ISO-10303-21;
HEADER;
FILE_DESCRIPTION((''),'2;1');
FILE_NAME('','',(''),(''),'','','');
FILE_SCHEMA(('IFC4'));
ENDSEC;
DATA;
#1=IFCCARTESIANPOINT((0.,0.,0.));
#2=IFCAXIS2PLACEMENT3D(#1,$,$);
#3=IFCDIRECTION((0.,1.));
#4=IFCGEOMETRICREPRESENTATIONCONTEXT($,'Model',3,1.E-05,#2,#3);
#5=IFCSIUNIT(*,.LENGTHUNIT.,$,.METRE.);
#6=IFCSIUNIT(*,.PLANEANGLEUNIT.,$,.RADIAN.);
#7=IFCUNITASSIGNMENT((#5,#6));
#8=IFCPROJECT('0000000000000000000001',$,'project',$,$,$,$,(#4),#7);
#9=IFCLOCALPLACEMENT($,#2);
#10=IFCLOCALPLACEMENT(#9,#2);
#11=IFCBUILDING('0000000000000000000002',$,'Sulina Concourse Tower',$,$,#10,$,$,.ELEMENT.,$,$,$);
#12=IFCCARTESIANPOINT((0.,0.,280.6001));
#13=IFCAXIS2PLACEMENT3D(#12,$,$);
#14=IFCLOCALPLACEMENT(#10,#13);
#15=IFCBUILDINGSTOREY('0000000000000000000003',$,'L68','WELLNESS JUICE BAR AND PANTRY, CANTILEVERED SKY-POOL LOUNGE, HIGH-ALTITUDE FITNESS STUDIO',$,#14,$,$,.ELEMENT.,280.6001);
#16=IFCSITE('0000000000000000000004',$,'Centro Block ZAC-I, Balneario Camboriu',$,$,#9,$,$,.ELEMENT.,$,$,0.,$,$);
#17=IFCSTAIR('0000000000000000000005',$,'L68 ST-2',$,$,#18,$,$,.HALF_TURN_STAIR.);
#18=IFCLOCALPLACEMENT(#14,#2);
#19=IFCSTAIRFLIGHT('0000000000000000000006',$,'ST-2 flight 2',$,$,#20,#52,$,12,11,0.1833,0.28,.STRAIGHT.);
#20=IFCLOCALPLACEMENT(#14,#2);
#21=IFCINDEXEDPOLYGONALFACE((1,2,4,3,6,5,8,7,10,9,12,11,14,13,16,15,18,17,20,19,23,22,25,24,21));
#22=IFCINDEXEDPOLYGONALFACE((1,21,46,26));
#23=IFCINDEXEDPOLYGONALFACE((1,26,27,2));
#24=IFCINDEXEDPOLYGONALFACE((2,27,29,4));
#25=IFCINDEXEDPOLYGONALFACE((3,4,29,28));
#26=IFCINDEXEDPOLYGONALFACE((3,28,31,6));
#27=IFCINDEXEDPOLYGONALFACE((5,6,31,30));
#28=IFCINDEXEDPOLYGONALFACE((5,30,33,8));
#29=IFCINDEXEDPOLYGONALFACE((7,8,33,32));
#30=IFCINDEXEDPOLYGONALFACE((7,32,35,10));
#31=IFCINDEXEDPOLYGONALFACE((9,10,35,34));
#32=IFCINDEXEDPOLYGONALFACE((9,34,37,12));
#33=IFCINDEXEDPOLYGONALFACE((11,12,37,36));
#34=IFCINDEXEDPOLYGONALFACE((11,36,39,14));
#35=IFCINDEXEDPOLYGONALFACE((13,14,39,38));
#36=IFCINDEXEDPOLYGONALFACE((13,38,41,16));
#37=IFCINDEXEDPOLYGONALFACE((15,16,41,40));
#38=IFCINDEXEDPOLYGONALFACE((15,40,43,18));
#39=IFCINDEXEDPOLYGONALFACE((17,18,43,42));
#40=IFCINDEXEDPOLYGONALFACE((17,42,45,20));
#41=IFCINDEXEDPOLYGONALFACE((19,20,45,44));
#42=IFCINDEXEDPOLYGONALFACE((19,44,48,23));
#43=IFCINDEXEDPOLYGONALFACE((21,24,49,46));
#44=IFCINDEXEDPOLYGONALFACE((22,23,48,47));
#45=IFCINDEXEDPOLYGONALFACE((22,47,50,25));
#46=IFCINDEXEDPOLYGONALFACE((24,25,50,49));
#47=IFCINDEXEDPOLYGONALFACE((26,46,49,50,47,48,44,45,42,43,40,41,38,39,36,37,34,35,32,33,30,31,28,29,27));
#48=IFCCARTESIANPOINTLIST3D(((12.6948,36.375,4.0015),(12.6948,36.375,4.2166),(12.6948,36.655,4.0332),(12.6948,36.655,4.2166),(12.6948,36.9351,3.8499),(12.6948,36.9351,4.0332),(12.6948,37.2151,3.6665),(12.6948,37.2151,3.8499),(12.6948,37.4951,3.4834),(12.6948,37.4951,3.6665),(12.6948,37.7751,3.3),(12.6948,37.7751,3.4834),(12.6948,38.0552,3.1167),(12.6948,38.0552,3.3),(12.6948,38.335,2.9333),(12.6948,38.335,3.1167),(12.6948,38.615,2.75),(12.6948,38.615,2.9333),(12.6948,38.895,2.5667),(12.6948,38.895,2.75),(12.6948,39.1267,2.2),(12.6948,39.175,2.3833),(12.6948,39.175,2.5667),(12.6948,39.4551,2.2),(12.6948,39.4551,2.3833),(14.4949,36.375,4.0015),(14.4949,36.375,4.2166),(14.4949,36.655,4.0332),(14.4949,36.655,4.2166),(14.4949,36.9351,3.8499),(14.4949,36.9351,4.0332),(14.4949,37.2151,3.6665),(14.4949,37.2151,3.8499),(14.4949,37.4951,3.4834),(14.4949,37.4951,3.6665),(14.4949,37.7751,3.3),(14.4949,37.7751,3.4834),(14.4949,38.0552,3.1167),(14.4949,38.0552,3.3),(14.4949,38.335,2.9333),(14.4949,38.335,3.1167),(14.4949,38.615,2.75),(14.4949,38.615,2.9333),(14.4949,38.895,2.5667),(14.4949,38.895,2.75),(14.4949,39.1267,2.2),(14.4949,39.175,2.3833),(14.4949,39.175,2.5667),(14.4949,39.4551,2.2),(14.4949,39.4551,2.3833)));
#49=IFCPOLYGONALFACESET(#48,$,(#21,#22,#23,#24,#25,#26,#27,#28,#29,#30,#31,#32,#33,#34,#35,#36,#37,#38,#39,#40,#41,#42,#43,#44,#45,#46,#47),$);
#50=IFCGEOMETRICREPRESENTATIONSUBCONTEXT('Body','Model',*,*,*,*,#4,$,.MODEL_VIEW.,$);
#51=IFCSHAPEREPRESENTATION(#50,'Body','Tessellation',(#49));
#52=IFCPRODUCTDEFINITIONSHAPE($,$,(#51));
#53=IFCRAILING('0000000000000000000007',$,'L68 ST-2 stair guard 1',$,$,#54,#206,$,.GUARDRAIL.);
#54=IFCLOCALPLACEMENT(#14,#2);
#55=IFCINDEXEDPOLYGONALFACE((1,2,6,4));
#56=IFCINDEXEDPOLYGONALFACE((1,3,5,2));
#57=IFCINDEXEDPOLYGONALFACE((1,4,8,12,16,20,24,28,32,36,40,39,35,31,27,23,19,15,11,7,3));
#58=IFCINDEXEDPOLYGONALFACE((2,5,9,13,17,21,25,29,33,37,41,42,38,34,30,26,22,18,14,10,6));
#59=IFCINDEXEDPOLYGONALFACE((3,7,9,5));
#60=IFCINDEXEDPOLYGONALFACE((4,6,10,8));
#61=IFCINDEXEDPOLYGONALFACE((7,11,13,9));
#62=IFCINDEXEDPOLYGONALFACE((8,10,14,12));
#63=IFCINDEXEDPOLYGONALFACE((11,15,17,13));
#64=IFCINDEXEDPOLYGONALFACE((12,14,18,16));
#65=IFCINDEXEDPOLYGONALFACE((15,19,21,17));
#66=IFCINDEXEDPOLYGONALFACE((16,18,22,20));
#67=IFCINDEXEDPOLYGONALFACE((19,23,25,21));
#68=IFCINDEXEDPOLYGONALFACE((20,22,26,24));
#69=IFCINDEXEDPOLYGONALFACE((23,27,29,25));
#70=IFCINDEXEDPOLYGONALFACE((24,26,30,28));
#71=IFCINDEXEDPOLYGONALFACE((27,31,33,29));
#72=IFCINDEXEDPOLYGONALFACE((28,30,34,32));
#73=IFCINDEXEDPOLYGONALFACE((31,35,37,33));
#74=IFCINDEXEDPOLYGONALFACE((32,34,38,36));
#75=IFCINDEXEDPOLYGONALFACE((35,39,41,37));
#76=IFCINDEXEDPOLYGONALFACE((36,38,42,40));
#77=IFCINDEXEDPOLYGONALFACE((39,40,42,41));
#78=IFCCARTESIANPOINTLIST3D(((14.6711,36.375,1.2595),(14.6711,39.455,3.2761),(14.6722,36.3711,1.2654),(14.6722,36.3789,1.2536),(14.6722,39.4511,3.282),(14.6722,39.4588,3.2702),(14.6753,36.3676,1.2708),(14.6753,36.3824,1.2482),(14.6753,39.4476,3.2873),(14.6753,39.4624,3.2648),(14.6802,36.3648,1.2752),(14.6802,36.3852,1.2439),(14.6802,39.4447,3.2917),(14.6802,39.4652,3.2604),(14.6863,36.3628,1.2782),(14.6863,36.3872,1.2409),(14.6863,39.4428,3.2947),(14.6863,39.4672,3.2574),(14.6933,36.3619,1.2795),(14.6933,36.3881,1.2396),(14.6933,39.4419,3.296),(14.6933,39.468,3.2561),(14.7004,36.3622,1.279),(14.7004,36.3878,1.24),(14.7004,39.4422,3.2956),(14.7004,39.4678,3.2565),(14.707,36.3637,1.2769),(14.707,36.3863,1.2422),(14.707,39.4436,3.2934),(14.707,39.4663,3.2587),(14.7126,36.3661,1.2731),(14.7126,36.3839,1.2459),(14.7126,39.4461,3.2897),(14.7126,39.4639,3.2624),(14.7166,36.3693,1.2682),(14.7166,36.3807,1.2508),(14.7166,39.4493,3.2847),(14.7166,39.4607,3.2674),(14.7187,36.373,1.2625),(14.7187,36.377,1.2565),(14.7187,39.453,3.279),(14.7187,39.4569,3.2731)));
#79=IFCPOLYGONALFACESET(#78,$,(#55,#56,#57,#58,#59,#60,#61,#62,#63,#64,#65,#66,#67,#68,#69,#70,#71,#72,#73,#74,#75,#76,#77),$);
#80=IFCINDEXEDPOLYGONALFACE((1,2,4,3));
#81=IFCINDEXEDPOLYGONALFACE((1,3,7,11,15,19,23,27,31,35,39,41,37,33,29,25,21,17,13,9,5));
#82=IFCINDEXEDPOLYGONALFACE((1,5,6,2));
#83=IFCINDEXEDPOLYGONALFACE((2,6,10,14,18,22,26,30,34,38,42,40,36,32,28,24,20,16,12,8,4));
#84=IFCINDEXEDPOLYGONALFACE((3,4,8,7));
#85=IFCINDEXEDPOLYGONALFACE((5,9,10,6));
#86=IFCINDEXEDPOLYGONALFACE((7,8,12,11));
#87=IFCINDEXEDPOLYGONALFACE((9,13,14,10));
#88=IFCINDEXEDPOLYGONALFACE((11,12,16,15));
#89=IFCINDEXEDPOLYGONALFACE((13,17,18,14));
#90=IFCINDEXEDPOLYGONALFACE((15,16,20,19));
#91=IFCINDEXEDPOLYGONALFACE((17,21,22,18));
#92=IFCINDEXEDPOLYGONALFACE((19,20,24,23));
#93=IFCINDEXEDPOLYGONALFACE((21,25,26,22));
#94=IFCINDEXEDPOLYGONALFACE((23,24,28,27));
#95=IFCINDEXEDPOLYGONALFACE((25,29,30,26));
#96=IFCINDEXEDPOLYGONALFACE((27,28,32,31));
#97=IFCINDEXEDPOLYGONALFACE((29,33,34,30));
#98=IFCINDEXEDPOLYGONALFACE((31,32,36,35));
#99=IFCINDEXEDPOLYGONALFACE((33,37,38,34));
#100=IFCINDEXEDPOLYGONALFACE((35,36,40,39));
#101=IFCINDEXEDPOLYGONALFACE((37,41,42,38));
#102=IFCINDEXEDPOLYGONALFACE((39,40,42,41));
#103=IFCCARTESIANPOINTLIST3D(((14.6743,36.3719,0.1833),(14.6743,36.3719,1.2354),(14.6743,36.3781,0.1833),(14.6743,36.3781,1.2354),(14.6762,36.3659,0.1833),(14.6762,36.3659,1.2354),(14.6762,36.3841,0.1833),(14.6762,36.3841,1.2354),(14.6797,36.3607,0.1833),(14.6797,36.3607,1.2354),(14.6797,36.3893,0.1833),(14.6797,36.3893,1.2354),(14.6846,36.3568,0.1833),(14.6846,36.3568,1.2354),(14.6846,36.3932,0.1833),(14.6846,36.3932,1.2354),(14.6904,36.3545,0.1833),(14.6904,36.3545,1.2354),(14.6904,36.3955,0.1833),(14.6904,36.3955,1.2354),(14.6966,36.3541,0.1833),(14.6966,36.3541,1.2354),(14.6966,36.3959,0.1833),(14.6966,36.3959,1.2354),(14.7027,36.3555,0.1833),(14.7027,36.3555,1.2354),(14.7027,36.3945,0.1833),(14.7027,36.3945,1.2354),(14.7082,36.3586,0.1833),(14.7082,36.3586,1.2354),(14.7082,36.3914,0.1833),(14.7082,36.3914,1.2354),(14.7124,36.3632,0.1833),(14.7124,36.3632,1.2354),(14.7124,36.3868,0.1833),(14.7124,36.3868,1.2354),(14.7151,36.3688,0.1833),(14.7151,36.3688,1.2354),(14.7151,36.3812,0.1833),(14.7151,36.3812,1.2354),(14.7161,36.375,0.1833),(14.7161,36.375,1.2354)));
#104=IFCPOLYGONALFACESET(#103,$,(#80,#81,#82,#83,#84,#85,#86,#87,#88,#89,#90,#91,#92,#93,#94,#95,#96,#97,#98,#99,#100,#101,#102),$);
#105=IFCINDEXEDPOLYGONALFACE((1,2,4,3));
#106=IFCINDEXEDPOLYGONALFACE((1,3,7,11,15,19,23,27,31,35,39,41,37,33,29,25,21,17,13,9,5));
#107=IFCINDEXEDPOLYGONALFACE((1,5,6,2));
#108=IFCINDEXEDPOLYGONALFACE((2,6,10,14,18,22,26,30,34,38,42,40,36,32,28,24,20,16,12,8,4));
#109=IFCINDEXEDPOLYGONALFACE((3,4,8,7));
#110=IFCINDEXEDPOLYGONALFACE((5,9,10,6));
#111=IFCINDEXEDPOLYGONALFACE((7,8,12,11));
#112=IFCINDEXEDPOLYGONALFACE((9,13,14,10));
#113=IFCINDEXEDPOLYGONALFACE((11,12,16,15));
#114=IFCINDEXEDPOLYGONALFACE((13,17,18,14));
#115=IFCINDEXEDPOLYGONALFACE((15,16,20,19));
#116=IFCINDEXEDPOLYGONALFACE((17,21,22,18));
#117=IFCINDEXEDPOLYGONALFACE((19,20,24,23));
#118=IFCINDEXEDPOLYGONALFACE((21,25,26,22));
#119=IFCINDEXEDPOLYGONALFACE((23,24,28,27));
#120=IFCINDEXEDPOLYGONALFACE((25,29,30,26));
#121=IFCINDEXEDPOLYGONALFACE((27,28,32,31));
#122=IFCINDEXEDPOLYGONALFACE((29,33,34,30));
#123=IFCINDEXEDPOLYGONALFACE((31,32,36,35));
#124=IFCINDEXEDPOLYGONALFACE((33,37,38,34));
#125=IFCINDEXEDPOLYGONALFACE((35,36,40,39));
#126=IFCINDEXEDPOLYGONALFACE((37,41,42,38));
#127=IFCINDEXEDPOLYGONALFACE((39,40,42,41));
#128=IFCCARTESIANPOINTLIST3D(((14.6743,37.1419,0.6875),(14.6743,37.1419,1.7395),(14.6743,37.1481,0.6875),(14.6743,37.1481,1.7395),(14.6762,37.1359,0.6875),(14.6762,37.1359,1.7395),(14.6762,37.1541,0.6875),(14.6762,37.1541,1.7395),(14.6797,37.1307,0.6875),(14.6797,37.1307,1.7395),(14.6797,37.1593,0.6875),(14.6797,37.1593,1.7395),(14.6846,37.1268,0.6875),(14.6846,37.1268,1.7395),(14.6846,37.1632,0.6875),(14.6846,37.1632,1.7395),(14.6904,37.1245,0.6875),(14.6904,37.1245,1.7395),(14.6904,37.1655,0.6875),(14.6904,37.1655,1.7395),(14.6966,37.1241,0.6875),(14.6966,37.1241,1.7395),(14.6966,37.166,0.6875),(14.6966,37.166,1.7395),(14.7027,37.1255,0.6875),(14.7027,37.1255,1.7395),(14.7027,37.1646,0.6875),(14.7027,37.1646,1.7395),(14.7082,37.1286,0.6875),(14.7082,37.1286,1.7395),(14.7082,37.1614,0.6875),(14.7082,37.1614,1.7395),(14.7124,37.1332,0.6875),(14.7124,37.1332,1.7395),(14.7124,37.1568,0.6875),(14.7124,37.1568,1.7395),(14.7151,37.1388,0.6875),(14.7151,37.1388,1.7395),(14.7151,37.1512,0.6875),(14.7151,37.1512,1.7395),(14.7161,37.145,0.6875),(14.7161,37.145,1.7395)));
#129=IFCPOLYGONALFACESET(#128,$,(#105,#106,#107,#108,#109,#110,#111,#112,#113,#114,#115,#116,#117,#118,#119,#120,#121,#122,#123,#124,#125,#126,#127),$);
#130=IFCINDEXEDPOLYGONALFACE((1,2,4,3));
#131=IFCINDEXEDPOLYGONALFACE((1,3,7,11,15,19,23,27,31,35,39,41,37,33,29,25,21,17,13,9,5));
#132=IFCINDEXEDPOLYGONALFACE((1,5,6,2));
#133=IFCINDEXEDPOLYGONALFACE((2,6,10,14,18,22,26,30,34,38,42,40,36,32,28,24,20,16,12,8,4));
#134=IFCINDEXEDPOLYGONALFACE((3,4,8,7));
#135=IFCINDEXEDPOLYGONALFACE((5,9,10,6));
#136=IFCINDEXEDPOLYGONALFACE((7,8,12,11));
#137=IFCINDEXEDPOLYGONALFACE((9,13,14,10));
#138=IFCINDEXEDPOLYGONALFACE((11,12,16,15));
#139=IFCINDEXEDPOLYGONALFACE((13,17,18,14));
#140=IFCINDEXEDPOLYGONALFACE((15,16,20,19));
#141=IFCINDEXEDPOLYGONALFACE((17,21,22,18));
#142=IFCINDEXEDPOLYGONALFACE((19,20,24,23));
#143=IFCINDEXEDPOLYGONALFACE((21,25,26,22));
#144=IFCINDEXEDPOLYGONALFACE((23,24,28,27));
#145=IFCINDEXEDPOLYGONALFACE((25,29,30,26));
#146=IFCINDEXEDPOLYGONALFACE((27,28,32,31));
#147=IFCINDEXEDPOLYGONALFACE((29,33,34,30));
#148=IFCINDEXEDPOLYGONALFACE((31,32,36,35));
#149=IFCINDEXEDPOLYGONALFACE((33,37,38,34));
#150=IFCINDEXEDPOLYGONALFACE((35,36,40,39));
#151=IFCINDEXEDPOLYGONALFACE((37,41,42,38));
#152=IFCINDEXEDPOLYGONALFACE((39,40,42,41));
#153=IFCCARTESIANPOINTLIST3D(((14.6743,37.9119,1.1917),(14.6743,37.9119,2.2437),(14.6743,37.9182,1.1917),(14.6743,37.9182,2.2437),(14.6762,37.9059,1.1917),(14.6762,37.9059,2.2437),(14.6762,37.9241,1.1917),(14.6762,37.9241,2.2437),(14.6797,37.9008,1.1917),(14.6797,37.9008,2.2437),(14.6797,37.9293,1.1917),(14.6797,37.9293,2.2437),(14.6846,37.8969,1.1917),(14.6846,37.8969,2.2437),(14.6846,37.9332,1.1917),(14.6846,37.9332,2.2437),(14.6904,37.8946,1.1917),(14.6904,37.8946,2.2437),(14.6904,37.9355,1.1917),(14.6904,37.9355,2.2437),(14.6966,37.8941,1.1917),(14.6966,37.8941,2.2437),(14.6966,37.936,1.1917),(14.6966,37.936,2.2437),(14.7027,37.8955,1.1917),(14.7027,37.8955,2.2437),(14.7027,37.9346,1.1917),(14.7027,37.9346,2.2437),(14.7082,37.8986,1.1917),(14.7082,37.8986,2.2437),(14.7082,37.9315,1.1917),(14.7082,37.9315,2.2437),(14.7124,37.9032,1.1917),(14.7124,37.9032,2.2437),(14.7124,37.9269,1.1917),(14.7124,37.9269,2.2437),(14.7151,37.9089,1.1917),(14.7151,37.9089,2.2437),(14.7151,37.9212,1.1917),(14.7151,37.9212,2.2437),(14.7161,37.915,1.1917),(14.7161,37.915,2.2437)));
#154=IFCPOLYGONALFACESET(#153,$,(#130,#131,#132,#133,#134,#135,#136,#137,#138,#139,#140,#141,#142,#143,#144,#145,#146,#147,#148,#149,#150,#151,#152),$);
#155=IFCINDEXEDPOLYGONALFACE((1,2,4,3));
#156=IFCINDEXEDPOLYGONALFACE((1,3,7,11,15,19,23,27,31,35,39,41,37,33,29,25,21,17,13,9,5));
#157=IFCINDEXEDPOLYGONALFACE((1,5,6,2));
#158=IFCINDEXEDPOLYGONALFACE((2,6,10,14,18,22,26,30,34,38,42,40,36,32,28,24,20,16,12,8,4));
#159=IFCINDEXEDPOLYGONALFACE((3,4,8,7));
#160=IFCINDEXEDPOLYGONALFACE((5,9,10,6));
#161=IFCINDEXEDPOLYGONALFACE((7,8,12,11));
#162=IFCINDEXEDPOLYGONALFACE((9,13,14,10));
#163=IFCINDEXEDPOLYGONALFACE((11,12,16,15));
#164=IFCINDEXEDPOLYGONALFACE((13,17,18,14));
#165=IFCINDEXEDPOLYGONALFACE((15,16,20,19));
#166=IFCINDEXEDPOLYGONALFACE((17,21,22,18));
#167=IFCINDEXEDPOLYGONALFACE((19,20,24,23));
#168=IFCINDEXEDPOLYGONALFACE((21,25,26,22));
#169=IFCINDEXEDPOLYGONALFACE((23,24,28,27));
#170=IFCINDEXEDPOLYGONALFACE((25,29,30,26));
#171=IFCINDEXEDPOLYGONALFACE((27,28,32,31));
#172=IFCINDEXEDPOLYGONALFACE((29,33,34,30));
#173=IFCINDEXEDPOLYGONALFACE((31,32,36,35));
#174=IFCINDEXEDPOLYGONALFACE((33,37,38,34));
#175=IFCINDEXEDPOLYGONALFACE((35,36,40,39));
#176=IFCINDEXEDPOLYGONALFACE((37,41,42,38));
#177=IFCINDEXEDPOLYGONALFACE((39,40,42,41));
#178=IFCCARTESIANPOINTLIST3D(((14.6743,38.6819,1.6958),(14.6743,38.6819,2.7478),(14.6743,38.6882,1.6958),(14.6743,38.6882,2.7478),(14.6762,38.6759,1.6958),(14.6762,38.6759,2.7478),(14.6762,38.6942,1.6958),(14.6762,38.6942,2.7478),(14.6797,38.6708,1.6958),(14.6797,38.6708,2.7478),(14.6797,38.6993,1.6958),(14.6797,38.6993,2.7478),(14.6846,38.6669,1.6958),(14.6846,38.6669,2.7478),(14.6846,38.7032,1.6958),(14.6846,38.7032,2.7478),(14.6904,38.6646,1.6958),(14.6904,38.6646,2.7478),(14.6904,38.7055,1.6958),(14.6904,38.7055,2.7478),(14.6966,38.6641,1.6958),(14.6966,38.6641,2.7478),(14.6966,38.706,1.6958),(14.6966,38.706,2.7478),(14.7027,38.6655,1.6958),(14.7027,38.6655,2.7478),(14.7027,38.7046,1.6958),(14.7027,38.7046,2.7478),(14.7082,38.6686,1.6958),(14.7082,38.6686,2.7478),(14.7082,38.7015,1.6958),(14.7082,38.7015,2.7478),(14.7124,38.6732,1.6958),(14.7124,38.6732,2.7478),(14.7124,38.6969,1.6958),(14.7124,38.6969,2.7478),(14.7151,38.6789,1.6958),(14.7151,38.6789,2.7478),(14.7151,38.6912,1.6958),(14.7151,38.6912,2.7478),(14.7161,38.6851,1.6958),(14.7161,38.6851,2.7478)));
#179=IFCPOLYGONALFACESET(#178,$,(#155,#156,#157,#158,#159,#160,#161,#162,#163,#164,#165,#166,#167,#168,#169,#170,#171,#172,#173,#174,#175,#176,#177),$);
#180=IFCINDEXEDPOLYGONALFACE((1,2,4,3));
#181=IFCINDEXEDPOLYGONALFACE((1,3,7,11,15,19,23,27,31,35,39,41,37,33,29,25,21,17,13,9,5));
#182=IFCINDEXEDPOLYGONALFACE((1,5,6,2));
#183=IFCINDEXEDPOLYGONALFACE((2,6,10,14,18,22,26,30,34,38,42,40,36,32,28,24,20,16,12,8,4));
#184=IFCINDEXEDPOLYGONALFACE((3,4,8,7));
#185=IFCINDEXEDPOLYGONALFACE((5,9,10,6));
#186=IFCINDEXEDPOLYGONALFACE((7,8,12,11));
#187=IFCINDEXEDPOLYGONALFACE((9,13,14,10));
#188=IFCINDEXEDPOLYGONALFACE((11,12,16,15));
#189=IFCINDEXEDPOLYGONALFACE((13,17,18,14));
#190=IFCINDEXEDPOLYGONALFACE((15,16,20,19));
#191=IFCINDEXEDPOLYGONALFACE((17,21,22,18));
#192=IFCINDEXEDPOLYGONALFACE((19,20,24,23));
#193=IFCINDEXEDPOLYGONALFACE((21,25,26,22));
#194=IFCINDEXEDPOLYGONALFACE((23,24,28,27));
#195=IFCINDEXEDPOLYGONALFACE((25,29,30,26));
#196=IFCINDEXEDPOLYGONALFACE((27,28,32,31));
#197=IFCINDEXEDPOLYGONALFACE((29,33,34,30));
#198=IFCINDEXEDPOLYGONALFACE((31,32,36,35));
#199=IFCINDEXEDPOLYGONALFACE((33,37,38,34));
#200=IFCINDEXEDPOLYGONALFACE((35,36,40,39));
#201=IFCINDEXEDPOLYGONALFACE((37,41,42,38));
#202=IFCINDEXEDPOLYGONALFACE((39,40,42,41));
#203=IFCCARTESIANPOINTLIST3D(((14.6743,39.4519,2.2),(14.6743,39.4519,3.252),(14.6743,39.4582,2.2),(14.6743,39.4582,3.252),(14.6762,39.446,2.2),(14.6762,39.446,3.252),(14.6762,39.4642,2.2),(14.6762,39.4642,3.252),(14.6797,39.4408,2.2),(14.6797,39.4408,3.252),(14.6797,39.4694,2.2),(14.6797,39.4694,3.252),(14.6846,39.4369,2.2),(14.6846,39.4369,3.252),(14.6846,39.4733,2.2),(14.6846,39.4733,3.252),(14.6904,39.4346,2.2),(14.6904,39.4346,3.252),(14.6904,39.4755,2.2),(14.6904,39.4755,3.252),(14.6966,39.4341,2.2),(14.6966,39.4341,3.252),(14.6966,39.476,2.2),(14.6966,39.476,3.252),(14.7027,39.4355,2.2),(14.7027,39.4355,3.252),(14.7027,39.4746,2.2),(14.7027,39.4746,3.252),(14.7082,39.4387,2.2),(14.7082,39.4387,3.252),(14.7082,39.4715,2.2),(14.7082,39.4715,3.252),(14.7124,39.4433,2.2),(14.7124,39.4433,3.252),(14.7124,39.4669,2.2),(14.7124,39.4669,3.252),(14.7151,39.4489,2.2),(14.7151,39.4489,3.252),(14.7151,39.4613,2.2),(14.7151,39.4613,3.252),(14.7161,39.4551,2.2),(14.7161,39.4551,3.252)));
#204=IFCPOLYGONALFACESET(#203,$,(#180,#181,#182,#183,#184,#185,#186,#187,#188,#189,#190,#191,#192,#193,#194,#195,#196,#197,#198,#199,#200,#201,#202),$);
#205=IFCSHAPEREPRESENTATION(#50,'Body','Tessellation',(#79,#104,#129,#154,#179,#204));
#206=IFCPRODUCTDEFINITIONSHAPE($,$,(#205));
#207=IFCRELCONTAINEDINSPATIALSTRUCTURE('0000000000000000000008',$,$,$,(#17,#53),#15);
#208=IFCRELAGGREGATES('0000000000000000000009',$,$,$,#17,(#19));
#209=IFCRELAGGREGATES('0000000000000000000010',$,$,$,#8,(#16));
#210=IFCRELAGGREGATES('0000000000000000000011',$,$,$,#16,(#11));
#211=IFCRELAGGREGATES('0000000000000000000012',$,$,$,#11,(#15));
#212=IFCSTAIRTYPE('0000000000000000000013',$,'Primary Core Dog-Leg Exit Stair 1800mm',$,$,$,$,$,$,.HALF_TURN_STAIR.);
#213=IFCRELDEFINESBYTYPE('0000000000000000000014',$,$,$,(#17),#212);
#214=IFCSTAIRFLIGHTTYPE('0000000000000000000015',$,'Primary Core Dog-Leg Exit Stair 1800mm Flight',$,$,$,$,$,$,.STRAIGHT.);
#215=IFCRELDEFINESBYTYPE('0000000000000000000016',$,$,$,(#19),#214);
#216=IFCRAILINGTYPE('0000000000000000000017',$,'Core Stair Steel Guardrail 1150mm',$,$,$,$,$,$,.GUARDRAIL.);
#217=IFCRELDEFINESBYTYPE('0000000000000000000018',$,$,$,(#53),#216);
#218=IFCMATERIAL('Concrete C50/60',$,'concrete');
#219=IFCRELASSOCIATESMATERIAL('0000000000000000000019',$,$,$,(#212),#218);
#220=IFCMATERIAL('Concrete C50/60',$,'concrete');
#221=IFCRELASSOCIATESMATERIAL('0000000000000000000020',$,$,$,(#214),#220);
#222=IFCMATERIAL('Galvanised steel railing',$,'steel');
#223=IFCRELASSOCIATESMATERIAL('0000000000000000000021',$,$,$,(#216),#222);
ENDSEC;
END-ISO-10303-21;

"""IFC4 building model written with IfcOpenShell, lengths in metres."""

from ifc_helpers import new_model, si_unit, direction, frame, origin, origin_2d, place, context, subcontext, project, spatial, polyline, circle, outline, extrude, material, type_object, element, aggregate, save


model = new_model("IFC4")

# Units and contexts
model_context = context("Model", 3, precision=1e-05, world=origin(), true_north=direction((0.0, 1.0)))
body_context = subcontext(model_context, "Body", "Model", "MODEL_VIEW")
ifc_project = project(units=[si_unit("LENGTHUNIT", "METRE"), si_unit("PLANEANGLEUNIT", "RADIAN")], contexts=[model_context])

# Site, building, storey
site_placement = place(None, origin())
site = spatial("IfcSite", under=ifc_project, at=site_placement, Name="Centro Block ZAC-I, Balneario Camboriu", CompositionType="ELEMENT", RefElevation=0.0)
building_placement = place(site_placement, origin())
building = spatial("IfcBuilding", under=site, at=building_placement, Name="Sulina Concourse Tower", CompositionType="ELEMENT")
storey_placement = place(building_placement, frame((0.0, 0.0, 280.6001)))
storey = spatial("IfcBuildingStorey", under=building, at=storey_placement, Name="L68", Description="WELLNESS JUICE BAR AND PANTRY, CANTILEVERED SKY-POOL LOUNGE, HIGH-ALTITUDE FITNESS STUDIO", CompositionType="ELEMENT", Elevation=280.6001)

# Stair, stair flight
ifc_material_1 = material(Name="Concrete C50/60", Category="concrete")
stair_type = type_object("IfcStairType", Name="Primary Core Dog-Leg Exit Stair 1800mm", PredefinedType="HALF_TURN_STAIR", material=ifc_material_1)
stair_placement = place(storey_placement, origin())
stair = element("IfcStair", 1, at=stair_placement, inside=storey, type_object=stair_type, Name="L68 ST-2", PredefinedType="HALF_TURN_STAIR")
ifc_material_2 = material(Name="Concrete C50/60", Category="concrete")
stair_flight_type = type_object("IfcStairFlightType", Name="Primary Core Dog-Leg Exit Stair 1800mm Flight", PredefinedType="STRAIGHT", material=ifc_material_2)
stair_flight_1_placement = place(storey_placement, frame((13.595, 39.4551, 2.2), z_axis=(0.0, 0.0, 1.0), x_axis=(0.0, -1.0, 0.0)))
stair_flight_1 = element("IfcStairFlight", 2, at=stair_flight_1_placement, type_object=stair_flight_type, Name="ST-2 flight 2", NumberOfRisers=12, NumberOfTreads=11, PredefinedType="STRAIGHT", RiserHeight=0.1833, TreadLength=0.28, context=body_context, shape_type="SweptSolid", body=[
    extrude(outline(polyline([(0.0, 0.0), (0.0, 0.1833), (0.28, 0.1833), (0.28, 0.3667), (0.5601, 0.3667), (0.5601, 0.55), (0.8401, 0.55), (0.8401, 0.7334), (1.1201, 0.7334), (1.1201, 0.9167), (1.3999, 0.9167), (1.3999, 1.1001), (1.6799, 1.1001), (1.6799, 1.2834), (1.96, 1.2834), (1.96, 1.4666), (2.24, 1.4666), (2.24, 1.6499), (2.52, 1.6499), (2.52, 1.8333), (2.8, 1.8333), (2.8, 2.0166), (3.0801, 2.0166), (3.0801, 2.2), (3.0801, 1.8015), (0.3284, 0.0), (0.0, 0.0)])), frame((0.0, 0.8999, 0.0), z_axis=(0.0, -1.0, 0.0), x_axis=(1.0, 0.0, 0.0)), (0.0, 0.0, 1.0), 1.8),
])
aggregate(stair, [stair_flight_1])

# Railing
ifc_material_3 = material(Name="Galvanised steel railing", Category="steel")
railing_type_1 = type_object("IfcRailingType", Name="Core Stair Steel Guardrail 1150mm", PredefinedType="GUARDRAIL", material=ifc_material_3)
railing_1_placement = place(storey_placement, frame((14.6951, 36.375, 0.1833)))
element("IfcRailing", 3, at=railing_1_placement, inside=storey, type_object=railing_type_1, Name="L68 ST-2 stair guard 1", PredefinedType="GUARDRAIL", context=body_context, shape_type="SweptSolid", body=[
    extrude(circle(Radius=0.0239, at=origin_2d()), frame((0.0, 0.0, 1.0762), z_axis=(0.0, 0.836633, 0.547764), x_axis=(-1.0, 0.0, 0.0)), (0.0, 0.0, 1.0), 3.6814),
    extrude(circle(Radius=0.021, at=origin_2d()), origin(), (0.0, 0.0, 1.0), 1.052),
    extrude(circle(Radius=0.021, at=origin_2d()), frame((0.0, 0.77, 0.5042)), (0.0, 0.0, 1.0), 1.052),
    extrude(circle(Radius=0.021, at=origin_2d()), frame((0.0, 1.54, 1.0083)), (0.0, 0.0, 1.0), 1.052),
    extrude(circle(Radius=0.021, at=origin_2d()), frame((0.0, 2.3101, 1.5125)), (0.0, 0.0, 1.0), 1.052),
    extrude(circle(Radius=0.021, at=origin_2d()), frame((0.0, 3.0801, 2.0166)), (0.0, 0.0, 1.0), 1.052),
])

save(model, "model.ifc")
